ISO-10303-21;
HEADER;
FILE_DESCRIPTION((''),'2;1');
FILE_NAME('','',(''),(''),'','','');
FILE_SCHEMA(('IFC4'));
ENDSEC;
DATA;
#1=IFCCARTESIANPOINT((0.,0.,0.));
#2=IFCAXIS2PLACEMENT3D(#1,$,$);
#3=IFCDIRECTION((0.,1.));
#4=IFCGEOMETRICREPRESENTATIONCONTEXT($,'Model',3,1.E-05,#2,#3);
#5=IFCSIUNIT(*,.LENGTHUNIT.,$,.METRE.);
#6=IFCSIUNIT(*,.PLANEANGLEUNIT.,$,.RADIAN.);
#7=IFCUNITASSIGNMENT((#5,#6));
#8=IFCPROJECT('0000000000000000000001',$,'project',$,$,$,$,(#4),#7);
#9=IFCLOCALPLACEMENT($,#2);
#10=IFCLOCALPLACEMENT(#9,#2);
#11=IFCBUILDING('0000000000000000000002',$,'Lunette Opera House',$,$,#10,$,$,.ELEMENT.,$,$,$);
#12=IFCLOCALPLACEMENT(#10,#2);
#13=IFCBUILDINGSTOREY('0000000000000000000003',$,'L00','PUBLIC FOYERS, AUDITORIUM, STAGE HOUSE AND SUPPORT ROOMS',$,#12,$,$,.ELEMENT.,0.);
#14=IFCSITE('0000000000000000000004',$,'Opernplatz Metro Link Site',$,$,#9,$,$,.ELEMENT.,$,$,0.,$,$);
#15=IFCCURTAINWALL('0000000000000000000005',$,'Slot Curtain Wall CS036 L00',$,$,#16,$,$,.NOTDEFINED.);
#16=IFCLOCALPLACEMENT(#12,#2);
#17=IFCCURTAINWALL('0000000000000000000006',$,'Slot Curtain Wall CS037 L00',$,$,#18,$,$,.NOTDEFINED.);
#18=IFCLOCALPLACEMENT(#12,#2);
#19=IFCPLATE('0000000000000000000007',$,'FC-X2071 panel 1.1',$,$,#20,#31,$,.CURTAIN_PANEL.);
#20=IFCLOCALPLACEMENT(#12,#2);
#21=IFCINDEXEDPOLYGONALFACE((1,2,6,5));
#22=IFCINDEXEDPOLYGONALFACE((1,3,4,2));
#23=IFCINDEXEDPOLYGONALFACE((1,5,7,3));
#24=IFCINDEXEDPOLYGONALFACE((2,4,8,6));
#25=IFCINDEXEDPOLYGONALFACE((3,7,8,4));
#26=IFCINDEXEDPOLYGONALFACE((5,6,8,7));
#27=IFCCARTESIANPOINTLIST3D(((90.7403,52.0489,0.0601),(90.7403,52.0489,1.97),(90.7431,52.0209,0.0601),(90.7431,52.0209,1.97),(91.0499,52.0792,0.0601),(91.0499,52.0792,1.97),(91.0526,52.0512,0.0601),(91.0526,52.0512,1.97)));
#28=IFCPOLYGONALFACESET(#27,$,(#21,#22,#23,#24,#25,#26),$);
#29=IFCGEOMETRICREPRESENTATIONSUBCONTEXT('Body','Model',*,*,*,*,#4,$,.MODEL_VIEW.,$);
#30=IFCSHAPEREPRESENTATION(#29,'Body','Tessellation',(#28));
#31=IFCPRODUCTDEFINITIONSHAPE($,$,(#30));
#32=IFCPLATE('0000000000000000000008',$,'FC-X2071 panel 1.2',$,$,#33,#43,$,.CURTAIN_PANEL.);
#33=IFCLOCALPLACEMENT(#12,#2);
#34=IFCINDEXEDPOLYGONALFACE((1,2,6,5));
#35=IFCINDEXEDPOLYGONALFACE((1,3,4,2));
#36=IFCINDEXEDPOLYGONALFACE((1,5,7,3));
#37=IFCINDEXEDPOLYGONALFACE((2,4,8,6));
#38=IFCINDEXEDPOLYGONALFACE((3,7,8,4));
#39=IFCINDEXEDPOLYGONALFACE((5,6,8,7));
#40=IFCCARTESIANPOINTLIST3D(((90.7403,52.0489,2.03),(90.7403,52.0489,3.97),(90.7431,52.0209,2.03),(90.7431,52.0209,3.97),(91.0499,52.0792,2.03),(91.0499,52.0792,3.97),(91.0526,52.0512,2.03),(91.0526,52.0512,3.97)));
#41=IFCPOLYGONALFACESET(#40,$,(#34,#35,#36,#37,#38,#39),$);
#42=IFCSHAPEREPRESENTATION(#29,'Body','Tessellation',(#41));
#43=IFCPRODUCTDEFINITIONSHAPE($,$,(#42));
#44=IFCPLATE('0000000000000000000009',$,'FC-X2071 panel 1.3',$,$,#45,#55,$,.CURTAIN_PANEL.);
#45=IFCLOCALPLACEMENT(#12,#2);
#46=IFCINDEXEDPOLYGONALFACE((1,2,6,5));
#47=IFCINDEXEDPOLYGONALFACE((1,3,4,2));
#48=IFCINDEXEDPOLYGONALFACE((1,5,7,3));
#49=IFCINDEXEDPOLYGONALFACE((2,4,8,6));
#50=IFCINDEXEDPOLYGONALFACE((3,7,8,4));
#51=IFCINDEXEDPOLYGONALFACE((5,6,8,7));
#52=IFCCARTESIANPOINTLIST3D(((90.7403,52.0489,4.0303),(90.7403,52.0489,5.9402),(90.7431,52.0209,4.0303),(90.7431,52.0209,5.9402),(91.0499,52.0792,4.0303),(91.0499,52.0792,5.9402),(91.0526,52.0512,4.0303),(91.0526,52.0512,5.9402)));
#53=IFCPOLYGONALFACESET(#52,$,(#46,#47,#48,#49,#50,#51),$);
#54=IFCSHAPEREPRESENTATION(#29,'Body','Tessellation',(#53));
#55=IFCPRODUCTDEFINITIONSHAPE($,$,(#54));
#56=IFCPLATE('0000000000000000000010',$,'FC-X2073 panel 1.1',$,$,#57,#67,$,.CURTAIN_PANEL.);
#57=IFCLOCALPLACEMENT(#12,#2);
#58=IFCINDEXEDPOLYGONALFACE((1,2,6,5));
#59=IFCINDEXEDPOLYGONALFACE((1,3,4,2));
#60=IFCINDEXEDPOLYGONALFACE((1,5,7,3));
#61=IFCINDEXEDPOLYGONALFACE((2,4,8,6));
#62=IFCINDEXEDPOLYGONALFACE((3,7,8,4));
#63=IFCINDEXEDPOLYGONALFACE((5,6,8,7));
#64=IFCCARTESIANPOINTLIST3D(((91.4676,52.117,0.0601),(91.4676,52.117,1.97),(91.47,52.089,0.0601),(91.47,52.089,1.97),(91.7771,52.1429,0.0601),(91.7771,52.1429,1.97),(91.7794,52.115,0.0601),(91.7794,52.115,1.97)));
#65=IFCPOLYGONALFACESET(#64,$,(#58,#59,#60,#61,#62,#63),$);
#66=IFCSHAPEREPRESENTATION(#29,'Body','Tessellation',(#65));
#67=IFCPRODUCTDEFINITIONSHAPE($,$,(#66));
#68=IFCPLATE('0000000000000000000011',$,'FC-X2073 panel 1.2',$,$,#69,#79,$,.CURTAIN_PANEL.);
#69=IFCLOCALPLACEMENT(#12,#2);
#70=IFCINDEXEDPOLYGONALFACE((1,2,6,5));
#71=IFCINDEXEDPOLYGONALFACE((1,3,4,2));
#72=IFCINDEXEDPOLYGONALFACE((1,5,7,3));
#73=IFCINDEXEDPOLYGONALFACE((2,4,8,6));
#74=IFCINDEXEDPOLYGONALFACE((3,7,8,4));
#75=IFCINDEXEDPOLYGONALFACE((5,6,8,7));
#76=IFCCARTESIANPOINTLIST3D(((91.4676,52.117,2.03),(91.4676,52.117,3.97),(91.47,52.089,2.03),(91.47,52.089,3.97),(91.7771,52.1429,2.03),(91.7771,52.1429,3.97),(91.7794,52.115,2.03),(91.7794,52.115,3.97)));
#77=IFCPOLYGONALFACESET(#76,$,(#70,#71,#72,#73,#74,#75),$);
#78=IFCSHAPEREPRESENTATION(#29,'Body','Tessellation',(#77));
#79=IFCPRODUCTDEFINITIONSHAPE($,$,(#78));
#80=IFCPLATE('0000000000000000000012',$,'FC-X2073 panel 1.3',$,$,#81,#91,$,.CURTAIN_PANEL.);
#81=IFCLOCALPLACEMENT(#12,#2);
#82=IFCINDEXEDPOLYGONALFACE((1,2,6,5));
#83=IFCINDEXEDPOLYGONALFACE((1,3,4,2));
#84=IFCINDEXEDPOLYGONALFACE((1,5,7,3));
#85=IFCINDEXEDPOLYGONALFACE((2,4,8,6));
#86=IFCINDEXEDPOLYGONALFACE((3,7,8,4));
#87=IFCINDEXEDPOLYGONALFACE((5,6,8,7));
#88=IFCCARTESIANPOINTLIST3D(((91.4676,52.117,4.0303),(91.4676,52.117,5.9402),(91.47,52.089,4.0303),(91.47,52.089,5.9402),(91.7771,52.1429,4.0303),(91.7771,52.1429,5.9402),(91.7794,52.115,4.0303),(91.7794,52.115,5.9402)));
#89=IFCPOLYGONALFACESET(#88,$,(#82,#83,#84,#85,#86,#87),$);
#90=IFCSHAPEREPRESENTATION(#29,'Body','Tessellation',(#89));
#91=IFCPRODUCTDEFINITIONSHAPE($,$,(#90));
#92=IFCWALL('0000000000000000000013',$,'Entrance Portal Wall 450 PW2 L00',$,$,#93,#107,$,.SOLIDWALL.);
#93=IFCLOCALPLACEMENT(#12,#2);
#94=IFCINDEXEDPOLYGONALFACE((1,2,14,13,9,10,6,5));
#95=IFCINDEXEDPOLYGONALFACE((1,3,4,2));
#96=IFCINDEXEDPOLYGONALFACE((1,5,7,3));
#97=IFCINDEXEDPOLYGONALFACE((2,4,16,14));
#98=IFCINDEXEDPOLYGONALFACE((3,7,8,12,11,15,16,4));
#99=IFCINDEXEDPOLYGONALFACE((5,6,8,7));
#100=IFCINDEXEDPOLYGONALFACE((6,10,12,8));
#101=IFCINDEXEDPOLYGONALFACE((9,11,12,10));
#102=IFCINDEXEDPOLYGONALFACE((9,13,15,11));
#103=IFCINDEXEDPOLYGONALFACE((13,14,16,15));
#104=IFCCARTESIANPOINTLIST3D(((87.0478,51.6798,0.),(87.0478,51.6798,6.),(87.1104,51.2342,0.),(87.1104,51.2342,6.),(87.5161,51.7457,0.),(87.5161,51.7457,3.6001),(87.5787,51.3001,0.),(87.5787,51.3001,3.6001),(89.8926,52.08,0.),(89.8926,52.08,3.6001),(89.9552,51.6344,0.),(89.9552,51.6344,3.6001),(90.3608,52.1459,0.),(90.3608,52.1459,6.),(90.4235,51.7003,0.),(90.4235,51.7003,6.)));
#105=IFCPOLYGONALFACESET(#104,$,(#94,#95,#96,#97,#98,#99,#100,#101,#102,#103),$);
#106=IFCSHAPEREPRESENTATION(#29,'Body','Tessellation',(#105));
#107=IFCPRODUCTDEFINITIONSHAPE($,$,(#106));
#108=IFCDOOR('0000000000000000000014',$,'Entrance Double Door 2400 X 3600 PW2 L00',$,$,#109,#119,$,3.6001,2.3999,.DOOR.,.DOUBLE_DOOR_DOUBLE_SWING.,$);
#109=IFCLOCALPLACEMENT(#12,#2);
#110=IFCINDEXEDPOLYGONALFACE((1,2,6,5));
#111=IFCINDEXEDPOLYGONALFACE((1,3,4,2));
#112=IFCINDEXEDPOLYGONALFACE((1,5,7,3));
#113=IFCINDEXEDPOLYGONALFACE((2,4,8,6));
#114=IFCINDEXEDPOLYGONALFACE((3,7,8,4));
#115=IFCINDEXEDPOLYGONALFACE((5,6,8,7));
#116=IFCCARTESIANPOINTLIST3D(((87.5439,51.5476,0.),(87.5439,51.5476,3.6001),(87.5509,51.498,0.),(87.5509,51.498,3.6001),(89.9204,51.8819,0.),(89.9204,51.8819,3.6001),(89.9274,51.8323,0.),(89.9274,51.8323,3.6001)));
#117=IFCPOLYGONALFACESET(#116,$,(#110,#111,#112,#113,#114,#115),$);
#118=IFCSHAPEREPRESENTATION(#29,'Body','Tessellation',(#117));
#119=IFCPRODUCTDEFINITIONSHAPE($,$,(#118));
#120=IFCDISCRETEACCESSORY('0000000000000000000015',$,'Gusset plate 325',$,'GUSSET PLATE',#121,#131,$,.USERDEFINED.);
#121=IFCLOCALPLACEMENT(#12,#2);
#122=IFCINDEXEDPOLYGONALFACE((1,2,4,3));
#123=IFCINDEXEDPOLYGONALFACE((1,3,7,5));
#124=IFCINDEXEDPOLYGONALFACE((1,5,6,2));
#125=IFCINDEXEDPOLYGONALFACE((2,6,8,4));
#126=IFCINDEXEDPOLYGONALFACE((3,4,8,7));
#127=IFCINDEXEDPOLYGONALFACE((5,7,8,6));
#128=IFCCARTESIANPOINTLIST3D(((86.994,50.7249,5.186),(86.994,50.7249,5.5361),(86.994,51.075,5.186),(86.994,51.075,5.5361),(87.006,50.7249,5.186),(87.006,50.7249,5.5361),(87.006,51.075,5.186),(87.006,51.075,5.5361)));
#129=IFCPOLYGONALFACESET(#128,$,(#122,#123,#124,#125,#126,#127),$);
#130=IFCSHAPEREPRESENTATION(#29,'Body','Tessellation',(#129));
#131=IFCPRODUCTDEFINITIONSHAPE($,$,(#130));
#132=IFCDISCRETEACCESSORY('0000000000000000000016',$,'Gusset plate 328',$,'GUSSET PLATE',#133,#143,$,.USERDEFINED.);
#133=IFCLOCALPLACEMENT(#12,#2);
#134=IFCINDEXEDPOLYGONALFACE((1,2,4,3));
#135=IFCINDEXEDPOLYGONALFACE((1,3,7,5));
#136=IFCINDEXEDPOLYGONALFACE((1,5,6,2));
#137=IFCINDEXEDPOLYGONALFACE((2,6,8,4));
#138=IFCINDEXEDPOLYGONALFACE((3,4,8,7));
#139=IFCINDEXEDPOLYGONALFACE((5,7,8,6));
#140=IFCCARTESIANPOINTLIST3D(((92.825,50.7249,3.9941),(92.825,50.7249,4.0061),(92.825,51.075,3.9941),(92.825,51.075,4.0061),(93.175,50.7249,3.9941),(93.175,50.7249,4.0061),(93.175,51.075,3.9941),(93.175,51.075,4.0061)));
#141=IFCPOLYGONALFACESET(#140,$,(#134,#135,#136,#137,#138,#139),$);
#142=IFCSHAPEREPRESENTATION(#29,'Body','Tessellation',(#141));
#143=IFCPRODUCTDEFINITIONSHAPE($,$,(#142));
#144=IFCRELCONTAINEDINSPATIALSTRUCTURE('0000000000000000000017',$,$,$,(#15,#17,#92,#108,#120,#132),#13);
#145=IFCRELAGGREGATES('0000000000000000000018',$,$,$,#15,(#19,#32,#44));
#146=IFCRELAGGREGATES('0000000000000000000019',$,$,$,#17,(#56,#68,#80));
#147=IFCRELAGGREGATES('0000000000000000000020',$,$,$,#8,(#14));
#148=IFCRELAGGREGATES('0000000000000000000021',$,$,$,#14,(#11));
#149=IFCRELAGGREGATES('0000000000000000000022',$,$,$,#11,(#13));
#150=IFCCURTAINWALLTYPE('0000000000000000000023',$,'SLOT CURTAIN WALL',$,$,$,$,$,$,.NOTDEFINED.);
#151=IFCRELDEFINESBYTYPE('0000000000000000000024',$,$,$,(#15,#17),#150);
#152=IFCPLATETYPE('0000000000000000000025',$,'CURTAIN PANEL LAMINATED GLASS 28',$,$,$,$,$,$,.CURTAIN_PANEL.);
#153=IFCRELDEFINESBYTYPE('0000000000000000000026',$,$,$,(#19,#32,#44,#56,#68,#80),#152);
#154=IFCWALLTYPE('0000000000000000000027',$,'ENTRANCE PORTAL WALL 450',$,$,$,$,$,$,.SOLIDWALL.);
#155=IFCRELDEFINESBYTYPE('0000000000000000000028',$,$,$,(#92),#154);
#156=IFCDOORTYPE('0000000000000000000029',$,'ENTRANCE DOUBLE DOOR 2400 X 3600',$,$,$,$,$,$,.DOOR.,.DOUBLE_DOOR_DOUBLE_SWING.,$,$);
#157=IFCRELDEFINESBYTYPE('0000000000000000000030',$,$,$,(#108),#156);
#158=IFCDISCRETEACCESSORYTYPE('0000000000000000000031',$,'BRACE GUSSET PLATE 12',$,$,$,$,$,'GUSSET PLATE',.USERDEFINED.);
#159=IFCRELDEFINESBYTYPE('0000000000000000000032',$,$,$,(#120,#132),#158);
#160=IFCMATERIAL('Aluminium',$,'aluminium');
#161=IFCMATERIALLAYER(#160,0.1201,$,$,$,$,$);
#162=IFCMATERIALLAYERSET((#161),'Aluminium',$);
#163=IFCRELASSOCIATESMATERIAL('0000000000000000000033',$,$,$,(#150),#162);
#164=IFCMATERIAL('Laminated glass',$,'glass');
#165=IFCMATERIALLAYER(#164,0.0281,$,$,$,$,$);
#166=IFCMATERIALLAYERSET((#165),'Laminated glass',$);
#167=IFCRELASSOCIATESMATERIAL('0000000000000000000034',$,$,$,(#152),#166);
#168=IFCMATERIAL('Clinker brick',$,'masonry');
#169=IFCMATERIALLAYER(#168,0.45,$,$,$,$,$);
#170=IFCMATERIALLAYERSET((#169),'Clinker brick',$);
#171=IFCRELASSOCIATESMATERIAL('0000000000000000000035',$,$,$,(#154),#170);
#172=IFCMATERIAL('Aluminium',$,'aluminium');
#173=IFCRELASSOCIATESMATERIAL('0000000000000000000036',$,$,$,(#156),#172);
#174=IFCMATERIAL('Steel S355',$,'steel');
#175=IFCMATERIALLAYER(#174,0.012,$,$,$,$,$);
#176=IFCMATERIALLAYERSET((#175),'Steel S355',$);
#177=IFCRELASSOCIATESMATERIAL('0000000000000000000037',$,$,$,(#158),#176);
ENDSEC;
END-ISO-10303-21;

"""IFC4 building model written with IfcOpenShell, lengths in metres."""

from ifc_helpers import new_model, si_unit, direction, frame, frame_2d, origin, origin_2d, place, context, subcontext, project, spatial, rectangle, extrude, material, layer, layer_set, type_object, element, fill, aggregate, save


model = new_model("IFC4")

# Units and contexts
model_context = context("Model", 3, precision=1e-05, world=origin(), true_north=direction((0.0, 1.0)))
body_context = subcontext(model_context, "Body", "Model", "MODEL_VIEW")
ifc_project = project(units=[si_unit("LENGTHUNIT", "METRE"), si_unit("PLANEANGLEUNIT", "RADIAN")], contexts=[model_context])

# Site, building, storey
site_placement = place(None, origin())
site = spatial("IfcSite", under=ifc_project, at=site_placement, Name="Opernplatz Metro Link Site", CompositionType="ELEMENT", RefElevation=0.0)
building_placement = place(site_placement, origin())
building = spatial("IfcBuilding", under=site, at=building_placement, Name="Lunette Opera House", CompositionType="ELEMENT")
storey_placement = place(building_placement, origin())
storey = spatial("IfcBuildingStorey", under=building, at=storey_placement, Name="L00", Description="PUBLIC FOYERS, AUDITORIUM, STAGE HOUSE AND SUPPORT ROOMS", CompositionType="ELEMENT", Elevation=0.0)

# Curtain walls
ifc_material_1 = material(Name="Aluminium", Category="aluminium")
ifc_layer_1 = layer(ifc_material_1, 0.1201)
ifc_layer_set_1 = layer_set([ifc_layer_1], Name="Aluminium")
curtain_wall_type = type_object("IfcCurtainWallType", Name="SLOT CURTAIN WALL", PredefinedType="NOTDEFINED", material=ifc_layer_set_1)
curtain_wall_1_placement = place(storey_placement, origin())
curtain_wall_1 = element("IfcCurtainWall", 1, at=curtain_wall_1_placement, inside=storey, type_object=curtain_wall_type, Name="Slot Curtain Wall CS036 L00", PredefinedType="NOTDEFINED")
curtain_wall_2_placement = place(storey_placement, origin())
curtain_wall_2 = element("IfcCurtainWall", 2, at=curtain_wall_2_placement, inside=storey, type_object=curtain_wall_type, Name="Slot Curtain Wall CS037 L00", PredefinedType="NOTDEFINED")

# Plates
ifc_material_2 = material(Name="Laminated glass", Category="glass")
ifc_layer_2 = layer(ifc_material_2, 0.0281)
ifc_layer_set_2 = layer_set([ifc_layer_2], Name="Laminated glass")
plate_type = type_object("IfcPlateType", Name="CURTAIN PANEL LAMINATED GLASS 28", PredefinedType="CURTAIN_PANEL", material=ifc_layer_set_2)
plate_1_placement = place(storey_placement, frame((90.8965, 52.05, 0.0601), z_axis=(0.0, 0.0, 1.0), x_axis=(0.995242, 0.097436, 0.0)))
plate_1 = element("IfcPlate", 3, at=plate_1_placement, type_object=plate_type, Name="FC-X2071 panel 1.1", PredefinedType="CURTAIN_PANEL", context=body_context, shape_type="SweptSolid", body=[
    extrude(rectangle(XDim=0.311, YDim=0.0281, at=origin_2d()), origin(), (0.0, 0.0, 1.0), 1.9099),
])
plate_2_placement = place(storey_placement, frame((90.8965, 52.05, 2.03), z_axis=(0.0, 0.0, 1.0), x_axis=(0.995242, 0.097436, 0.0)))
plate_2 = element("IfcPlate", 4, at=plate_2_placement, type_object=plate_type, Name="FC-X2071 panel 1.2", PredefinedType="CURTAIN_PANEL", context=body_context, shape_type="SweptSolid", body=[
    extrude(rectangle(XDim=0.311, YDim=0.0281, at=origin_2d()), origin(), (0.0, 0.0, 1.0), 1.9399),
])
plate_3_placement = place(storey_placement, frame((90.8965, 52.05, 4.0303), z_axis=(0.0, 0.0, 1.0), x_axis=(0.995242, 0.097436, 0.0)))
plate_3 = element("IfcPlate", 5, at=plate_3_placement, type_object=plate_type, Name="FC-X2071 panel 1.3", PredefinedType="CURTAIN_PANEL", context=body_context, shape_type="SweptSolid", body=[
    extrude(rectangle(XDim=0.311, YDim=0.0281, at=origin_2d()), origin(), (0.0, 0.0, 1.0), 1.9099),
])
aggregate(curtain_wall_1, [plate_1, plate_2, plate_3])
plate_4_placement = place(storey_placement, frame((91.6235, 52.116, 0.0601), z_axis=(0.0, 0.0, 1.0), x_axis=(0.996498, 0.083622, 0.0)))
plate_4 = element("IfcPlate", 6, at=plate_4_placement, type_object=plate_type, Name="FC-X2073 panel 1.1", PredefinedType="CURTAIN_PANEL", context=body_context, shape_type="SweptSolid", body=[
    extrude(rectangle(XDim=0.3105, YDim=0.0281, at=origin_2d()), origin(), (0.0, 0.0, 1.0), 1.9099),
])
plate_5_placement = place(storey_placement, frame((91.6235, 52.116, 2.03), z_axis=(0.0, 0.0, 1.0), x_axis=(0.996498, 0.083622, 0.0)))
plate_5 = element("IfcPlate", 7, at=plate_5_placement, type_object=plate_type, Name="FC-X2073 panel 1.2", PredefinedType="CURTAIN_PANEL", context=body_context, shape_type="SweptSolid", body=[
    extrude(rectangle(XDim=0.3105, YDim=0.0281, at=origin_2d()), origin(), (0.0, 0.0, 1.0), 1.9399),
])
plate_6_placement = place(storey_placement, frame((91.6235, 52.116, 4.0303), z_axis=(0.0, 0.0, 1.0), x_axis=(0.996498, 0.083622, 0.0)))
plate_6 = element("IfcPlate", 8, at=plate_6_placement, type_object=plate_type, Name="FC-X2073 panel 1.3", PredefinedType="CURTAIN_PANEL", context=body_context, shape_type="SweptSolid", body=[
    extrude(rectangle(XDim=0.3105, YDim=0.0281, at=origin_2d()), origin(), (0.0, 0.0, 1.0), 1.9099),
])
aggregate(curtain_wall_2, [plate_4, plate_5, plate_6])

# Wall, opening, door
ifc_material_3 = material(Name="Clinker brick", Category="masonry")
ifc_layer_3 = layer(ifc_material_3, 0.45)
ifc_layer_set_3 = layer_set([ifc_layer_3], Name="Clinker brick")
wall_type = type_object("IfcWallType", Name="ENTRANCE PORTAL WALL 450", PredefinedType="SOLIDWALL", material=ifc_layer_set_3)
wall_placement = place(storey_placement, frame((87.0791, 51.457, 0.0), z_axis=(0.0, 0.0, 1.0), x_axis=(0.990249, 0.139306, 0.0)))
wall = element("IfcWall", 9, at=wall_placement, inside=storey, type_object=wall_type, Name="Entrance Portal Wall 450 PW2 L00", PredefinedType="SOLIDWALL", context=body_context, shape_type="SweptSolid", body=[
    extrude(rectangle(XDim=3.3457, YDim=0.45, at=frame_2d((1.6729, 0.0))), origin(), (0.0, 0.0, 1.0), 6.0),
])
opening_placement = place(wall_placement, frame((0.4729, 0.0, 0.0)))
opening = element("IfcOpeningElement", 10, at=opening_placement, cuts=wall, PredefinedType="OPENING", context=body_context, shape_type="SweptSolid", body=[
    extrude(rectangle(XDim=2.3999, YDim=3.6001, at=frame_2d((1.2, 1.8))), frame((0.0, 0.2371, 0.0), z_axis=(0.0, -1.0, 0.0), x_axis=(1.0, 0.0, 0.0)), (0.0, 0.0, 1.0), 0.4739),
])
ifc_material_4 = material(Name="Aluminium", Category="aluminium")
door_type = type_object("IfcDoorType", Name="ENTRANCE DOUBLE DOOR 2400 X 3600", OperationType="DOUBLE_DOOR_DOUBLE_SWING", PredefinedType="DOOR", material=ifc_material_4)
door_placement = place(opening_placement, origin())
door = element("IfcDoor", 11, at=door_placement, inside=storey, type_object=door_type, Name="Entrance Double Door 2400 X 3600 PW2 L00", OperationType="DOUBLE_DOOR_DOUBLE_SWING", OverallHeight=3.6001, OverallWidth=2.3999, PredefinedType="DOOR", context=body_context, shape_type="SweptSolid", body=[
    extrude(rectangle(XDim=2.3999, YDim=3.6001, at=frame_2d((1.2, 1.8))), frame((0.0, 0.0249, 0.0), z_axis=(0.0, -1.0, 0.0), x_axis=(1.0, 0.0, 0.0)), (0.0, 0.0, 1.0), 0.05),
])
fill(opening, door)

# Discrete accessories
ifc_material_5 = material(Name="Steel S355", Category="steel")
ifc_layer_4 = layer(ifc_material_5, 0.012)
ifc_layer_set_4 = layer_set([ifc_layer_4], Name="Steel S355")
discrete_accessory_type = type_object("IfcDiscreteAccessoryType", Name="BRACE GUSSET PLATE 12", ElementType="GUSSET PLATE", PredefinedType="USERDEFINED", material=ifc_layer_set_4)
discrete_accessory_1_placement = place(storey_placement, frame((87.0, 50.8999, 5.186), z_axis=(0.0, 0.0, 1.0), x_axis=(0.0, 1.0, 0.0)))
element("IfcDiscreteAccessory", 12, at=discrete_accessory_1_placement, inside=storey, type_object=discrete_accessory_type, Name="Gusset plate 325", ObjectType="GUSSET PLATE", PredefinedType="USERDEFINED", context=body_context, shape_type="SweptSolid", body=[
    extrude(rectangle(XDim=0.3501, YDim=0.012, at=origin_2d()), origin(), (0.0, 0.0, 1.0), 0.3501),
])
discrete_accessory_2_placement = place(storey_placement, frame((93.0, 50.8999, 3.9941), z_axis=(0.0, 0.0, 1.0), x_axis=(1.0, 0.0, 0.0)))
element("IfcDiscreteAccessory", 13, at=discrete_accessory_2_placement, inside=storey, type_object=discrete_accessory_type, Name="Gusset plate 328", ObjectType="GUSSET PLATE", PredefinedType="USERDEFINED", context=body_context, shape_type="SweptSolid", body=[
    extrude(rectangle(XDim=0.3501, YDim=0.3501, at=origin_2d()), origin(), (0.0, 0.0, 1.0), 0.012),
])

save(model, "model.ifc")
